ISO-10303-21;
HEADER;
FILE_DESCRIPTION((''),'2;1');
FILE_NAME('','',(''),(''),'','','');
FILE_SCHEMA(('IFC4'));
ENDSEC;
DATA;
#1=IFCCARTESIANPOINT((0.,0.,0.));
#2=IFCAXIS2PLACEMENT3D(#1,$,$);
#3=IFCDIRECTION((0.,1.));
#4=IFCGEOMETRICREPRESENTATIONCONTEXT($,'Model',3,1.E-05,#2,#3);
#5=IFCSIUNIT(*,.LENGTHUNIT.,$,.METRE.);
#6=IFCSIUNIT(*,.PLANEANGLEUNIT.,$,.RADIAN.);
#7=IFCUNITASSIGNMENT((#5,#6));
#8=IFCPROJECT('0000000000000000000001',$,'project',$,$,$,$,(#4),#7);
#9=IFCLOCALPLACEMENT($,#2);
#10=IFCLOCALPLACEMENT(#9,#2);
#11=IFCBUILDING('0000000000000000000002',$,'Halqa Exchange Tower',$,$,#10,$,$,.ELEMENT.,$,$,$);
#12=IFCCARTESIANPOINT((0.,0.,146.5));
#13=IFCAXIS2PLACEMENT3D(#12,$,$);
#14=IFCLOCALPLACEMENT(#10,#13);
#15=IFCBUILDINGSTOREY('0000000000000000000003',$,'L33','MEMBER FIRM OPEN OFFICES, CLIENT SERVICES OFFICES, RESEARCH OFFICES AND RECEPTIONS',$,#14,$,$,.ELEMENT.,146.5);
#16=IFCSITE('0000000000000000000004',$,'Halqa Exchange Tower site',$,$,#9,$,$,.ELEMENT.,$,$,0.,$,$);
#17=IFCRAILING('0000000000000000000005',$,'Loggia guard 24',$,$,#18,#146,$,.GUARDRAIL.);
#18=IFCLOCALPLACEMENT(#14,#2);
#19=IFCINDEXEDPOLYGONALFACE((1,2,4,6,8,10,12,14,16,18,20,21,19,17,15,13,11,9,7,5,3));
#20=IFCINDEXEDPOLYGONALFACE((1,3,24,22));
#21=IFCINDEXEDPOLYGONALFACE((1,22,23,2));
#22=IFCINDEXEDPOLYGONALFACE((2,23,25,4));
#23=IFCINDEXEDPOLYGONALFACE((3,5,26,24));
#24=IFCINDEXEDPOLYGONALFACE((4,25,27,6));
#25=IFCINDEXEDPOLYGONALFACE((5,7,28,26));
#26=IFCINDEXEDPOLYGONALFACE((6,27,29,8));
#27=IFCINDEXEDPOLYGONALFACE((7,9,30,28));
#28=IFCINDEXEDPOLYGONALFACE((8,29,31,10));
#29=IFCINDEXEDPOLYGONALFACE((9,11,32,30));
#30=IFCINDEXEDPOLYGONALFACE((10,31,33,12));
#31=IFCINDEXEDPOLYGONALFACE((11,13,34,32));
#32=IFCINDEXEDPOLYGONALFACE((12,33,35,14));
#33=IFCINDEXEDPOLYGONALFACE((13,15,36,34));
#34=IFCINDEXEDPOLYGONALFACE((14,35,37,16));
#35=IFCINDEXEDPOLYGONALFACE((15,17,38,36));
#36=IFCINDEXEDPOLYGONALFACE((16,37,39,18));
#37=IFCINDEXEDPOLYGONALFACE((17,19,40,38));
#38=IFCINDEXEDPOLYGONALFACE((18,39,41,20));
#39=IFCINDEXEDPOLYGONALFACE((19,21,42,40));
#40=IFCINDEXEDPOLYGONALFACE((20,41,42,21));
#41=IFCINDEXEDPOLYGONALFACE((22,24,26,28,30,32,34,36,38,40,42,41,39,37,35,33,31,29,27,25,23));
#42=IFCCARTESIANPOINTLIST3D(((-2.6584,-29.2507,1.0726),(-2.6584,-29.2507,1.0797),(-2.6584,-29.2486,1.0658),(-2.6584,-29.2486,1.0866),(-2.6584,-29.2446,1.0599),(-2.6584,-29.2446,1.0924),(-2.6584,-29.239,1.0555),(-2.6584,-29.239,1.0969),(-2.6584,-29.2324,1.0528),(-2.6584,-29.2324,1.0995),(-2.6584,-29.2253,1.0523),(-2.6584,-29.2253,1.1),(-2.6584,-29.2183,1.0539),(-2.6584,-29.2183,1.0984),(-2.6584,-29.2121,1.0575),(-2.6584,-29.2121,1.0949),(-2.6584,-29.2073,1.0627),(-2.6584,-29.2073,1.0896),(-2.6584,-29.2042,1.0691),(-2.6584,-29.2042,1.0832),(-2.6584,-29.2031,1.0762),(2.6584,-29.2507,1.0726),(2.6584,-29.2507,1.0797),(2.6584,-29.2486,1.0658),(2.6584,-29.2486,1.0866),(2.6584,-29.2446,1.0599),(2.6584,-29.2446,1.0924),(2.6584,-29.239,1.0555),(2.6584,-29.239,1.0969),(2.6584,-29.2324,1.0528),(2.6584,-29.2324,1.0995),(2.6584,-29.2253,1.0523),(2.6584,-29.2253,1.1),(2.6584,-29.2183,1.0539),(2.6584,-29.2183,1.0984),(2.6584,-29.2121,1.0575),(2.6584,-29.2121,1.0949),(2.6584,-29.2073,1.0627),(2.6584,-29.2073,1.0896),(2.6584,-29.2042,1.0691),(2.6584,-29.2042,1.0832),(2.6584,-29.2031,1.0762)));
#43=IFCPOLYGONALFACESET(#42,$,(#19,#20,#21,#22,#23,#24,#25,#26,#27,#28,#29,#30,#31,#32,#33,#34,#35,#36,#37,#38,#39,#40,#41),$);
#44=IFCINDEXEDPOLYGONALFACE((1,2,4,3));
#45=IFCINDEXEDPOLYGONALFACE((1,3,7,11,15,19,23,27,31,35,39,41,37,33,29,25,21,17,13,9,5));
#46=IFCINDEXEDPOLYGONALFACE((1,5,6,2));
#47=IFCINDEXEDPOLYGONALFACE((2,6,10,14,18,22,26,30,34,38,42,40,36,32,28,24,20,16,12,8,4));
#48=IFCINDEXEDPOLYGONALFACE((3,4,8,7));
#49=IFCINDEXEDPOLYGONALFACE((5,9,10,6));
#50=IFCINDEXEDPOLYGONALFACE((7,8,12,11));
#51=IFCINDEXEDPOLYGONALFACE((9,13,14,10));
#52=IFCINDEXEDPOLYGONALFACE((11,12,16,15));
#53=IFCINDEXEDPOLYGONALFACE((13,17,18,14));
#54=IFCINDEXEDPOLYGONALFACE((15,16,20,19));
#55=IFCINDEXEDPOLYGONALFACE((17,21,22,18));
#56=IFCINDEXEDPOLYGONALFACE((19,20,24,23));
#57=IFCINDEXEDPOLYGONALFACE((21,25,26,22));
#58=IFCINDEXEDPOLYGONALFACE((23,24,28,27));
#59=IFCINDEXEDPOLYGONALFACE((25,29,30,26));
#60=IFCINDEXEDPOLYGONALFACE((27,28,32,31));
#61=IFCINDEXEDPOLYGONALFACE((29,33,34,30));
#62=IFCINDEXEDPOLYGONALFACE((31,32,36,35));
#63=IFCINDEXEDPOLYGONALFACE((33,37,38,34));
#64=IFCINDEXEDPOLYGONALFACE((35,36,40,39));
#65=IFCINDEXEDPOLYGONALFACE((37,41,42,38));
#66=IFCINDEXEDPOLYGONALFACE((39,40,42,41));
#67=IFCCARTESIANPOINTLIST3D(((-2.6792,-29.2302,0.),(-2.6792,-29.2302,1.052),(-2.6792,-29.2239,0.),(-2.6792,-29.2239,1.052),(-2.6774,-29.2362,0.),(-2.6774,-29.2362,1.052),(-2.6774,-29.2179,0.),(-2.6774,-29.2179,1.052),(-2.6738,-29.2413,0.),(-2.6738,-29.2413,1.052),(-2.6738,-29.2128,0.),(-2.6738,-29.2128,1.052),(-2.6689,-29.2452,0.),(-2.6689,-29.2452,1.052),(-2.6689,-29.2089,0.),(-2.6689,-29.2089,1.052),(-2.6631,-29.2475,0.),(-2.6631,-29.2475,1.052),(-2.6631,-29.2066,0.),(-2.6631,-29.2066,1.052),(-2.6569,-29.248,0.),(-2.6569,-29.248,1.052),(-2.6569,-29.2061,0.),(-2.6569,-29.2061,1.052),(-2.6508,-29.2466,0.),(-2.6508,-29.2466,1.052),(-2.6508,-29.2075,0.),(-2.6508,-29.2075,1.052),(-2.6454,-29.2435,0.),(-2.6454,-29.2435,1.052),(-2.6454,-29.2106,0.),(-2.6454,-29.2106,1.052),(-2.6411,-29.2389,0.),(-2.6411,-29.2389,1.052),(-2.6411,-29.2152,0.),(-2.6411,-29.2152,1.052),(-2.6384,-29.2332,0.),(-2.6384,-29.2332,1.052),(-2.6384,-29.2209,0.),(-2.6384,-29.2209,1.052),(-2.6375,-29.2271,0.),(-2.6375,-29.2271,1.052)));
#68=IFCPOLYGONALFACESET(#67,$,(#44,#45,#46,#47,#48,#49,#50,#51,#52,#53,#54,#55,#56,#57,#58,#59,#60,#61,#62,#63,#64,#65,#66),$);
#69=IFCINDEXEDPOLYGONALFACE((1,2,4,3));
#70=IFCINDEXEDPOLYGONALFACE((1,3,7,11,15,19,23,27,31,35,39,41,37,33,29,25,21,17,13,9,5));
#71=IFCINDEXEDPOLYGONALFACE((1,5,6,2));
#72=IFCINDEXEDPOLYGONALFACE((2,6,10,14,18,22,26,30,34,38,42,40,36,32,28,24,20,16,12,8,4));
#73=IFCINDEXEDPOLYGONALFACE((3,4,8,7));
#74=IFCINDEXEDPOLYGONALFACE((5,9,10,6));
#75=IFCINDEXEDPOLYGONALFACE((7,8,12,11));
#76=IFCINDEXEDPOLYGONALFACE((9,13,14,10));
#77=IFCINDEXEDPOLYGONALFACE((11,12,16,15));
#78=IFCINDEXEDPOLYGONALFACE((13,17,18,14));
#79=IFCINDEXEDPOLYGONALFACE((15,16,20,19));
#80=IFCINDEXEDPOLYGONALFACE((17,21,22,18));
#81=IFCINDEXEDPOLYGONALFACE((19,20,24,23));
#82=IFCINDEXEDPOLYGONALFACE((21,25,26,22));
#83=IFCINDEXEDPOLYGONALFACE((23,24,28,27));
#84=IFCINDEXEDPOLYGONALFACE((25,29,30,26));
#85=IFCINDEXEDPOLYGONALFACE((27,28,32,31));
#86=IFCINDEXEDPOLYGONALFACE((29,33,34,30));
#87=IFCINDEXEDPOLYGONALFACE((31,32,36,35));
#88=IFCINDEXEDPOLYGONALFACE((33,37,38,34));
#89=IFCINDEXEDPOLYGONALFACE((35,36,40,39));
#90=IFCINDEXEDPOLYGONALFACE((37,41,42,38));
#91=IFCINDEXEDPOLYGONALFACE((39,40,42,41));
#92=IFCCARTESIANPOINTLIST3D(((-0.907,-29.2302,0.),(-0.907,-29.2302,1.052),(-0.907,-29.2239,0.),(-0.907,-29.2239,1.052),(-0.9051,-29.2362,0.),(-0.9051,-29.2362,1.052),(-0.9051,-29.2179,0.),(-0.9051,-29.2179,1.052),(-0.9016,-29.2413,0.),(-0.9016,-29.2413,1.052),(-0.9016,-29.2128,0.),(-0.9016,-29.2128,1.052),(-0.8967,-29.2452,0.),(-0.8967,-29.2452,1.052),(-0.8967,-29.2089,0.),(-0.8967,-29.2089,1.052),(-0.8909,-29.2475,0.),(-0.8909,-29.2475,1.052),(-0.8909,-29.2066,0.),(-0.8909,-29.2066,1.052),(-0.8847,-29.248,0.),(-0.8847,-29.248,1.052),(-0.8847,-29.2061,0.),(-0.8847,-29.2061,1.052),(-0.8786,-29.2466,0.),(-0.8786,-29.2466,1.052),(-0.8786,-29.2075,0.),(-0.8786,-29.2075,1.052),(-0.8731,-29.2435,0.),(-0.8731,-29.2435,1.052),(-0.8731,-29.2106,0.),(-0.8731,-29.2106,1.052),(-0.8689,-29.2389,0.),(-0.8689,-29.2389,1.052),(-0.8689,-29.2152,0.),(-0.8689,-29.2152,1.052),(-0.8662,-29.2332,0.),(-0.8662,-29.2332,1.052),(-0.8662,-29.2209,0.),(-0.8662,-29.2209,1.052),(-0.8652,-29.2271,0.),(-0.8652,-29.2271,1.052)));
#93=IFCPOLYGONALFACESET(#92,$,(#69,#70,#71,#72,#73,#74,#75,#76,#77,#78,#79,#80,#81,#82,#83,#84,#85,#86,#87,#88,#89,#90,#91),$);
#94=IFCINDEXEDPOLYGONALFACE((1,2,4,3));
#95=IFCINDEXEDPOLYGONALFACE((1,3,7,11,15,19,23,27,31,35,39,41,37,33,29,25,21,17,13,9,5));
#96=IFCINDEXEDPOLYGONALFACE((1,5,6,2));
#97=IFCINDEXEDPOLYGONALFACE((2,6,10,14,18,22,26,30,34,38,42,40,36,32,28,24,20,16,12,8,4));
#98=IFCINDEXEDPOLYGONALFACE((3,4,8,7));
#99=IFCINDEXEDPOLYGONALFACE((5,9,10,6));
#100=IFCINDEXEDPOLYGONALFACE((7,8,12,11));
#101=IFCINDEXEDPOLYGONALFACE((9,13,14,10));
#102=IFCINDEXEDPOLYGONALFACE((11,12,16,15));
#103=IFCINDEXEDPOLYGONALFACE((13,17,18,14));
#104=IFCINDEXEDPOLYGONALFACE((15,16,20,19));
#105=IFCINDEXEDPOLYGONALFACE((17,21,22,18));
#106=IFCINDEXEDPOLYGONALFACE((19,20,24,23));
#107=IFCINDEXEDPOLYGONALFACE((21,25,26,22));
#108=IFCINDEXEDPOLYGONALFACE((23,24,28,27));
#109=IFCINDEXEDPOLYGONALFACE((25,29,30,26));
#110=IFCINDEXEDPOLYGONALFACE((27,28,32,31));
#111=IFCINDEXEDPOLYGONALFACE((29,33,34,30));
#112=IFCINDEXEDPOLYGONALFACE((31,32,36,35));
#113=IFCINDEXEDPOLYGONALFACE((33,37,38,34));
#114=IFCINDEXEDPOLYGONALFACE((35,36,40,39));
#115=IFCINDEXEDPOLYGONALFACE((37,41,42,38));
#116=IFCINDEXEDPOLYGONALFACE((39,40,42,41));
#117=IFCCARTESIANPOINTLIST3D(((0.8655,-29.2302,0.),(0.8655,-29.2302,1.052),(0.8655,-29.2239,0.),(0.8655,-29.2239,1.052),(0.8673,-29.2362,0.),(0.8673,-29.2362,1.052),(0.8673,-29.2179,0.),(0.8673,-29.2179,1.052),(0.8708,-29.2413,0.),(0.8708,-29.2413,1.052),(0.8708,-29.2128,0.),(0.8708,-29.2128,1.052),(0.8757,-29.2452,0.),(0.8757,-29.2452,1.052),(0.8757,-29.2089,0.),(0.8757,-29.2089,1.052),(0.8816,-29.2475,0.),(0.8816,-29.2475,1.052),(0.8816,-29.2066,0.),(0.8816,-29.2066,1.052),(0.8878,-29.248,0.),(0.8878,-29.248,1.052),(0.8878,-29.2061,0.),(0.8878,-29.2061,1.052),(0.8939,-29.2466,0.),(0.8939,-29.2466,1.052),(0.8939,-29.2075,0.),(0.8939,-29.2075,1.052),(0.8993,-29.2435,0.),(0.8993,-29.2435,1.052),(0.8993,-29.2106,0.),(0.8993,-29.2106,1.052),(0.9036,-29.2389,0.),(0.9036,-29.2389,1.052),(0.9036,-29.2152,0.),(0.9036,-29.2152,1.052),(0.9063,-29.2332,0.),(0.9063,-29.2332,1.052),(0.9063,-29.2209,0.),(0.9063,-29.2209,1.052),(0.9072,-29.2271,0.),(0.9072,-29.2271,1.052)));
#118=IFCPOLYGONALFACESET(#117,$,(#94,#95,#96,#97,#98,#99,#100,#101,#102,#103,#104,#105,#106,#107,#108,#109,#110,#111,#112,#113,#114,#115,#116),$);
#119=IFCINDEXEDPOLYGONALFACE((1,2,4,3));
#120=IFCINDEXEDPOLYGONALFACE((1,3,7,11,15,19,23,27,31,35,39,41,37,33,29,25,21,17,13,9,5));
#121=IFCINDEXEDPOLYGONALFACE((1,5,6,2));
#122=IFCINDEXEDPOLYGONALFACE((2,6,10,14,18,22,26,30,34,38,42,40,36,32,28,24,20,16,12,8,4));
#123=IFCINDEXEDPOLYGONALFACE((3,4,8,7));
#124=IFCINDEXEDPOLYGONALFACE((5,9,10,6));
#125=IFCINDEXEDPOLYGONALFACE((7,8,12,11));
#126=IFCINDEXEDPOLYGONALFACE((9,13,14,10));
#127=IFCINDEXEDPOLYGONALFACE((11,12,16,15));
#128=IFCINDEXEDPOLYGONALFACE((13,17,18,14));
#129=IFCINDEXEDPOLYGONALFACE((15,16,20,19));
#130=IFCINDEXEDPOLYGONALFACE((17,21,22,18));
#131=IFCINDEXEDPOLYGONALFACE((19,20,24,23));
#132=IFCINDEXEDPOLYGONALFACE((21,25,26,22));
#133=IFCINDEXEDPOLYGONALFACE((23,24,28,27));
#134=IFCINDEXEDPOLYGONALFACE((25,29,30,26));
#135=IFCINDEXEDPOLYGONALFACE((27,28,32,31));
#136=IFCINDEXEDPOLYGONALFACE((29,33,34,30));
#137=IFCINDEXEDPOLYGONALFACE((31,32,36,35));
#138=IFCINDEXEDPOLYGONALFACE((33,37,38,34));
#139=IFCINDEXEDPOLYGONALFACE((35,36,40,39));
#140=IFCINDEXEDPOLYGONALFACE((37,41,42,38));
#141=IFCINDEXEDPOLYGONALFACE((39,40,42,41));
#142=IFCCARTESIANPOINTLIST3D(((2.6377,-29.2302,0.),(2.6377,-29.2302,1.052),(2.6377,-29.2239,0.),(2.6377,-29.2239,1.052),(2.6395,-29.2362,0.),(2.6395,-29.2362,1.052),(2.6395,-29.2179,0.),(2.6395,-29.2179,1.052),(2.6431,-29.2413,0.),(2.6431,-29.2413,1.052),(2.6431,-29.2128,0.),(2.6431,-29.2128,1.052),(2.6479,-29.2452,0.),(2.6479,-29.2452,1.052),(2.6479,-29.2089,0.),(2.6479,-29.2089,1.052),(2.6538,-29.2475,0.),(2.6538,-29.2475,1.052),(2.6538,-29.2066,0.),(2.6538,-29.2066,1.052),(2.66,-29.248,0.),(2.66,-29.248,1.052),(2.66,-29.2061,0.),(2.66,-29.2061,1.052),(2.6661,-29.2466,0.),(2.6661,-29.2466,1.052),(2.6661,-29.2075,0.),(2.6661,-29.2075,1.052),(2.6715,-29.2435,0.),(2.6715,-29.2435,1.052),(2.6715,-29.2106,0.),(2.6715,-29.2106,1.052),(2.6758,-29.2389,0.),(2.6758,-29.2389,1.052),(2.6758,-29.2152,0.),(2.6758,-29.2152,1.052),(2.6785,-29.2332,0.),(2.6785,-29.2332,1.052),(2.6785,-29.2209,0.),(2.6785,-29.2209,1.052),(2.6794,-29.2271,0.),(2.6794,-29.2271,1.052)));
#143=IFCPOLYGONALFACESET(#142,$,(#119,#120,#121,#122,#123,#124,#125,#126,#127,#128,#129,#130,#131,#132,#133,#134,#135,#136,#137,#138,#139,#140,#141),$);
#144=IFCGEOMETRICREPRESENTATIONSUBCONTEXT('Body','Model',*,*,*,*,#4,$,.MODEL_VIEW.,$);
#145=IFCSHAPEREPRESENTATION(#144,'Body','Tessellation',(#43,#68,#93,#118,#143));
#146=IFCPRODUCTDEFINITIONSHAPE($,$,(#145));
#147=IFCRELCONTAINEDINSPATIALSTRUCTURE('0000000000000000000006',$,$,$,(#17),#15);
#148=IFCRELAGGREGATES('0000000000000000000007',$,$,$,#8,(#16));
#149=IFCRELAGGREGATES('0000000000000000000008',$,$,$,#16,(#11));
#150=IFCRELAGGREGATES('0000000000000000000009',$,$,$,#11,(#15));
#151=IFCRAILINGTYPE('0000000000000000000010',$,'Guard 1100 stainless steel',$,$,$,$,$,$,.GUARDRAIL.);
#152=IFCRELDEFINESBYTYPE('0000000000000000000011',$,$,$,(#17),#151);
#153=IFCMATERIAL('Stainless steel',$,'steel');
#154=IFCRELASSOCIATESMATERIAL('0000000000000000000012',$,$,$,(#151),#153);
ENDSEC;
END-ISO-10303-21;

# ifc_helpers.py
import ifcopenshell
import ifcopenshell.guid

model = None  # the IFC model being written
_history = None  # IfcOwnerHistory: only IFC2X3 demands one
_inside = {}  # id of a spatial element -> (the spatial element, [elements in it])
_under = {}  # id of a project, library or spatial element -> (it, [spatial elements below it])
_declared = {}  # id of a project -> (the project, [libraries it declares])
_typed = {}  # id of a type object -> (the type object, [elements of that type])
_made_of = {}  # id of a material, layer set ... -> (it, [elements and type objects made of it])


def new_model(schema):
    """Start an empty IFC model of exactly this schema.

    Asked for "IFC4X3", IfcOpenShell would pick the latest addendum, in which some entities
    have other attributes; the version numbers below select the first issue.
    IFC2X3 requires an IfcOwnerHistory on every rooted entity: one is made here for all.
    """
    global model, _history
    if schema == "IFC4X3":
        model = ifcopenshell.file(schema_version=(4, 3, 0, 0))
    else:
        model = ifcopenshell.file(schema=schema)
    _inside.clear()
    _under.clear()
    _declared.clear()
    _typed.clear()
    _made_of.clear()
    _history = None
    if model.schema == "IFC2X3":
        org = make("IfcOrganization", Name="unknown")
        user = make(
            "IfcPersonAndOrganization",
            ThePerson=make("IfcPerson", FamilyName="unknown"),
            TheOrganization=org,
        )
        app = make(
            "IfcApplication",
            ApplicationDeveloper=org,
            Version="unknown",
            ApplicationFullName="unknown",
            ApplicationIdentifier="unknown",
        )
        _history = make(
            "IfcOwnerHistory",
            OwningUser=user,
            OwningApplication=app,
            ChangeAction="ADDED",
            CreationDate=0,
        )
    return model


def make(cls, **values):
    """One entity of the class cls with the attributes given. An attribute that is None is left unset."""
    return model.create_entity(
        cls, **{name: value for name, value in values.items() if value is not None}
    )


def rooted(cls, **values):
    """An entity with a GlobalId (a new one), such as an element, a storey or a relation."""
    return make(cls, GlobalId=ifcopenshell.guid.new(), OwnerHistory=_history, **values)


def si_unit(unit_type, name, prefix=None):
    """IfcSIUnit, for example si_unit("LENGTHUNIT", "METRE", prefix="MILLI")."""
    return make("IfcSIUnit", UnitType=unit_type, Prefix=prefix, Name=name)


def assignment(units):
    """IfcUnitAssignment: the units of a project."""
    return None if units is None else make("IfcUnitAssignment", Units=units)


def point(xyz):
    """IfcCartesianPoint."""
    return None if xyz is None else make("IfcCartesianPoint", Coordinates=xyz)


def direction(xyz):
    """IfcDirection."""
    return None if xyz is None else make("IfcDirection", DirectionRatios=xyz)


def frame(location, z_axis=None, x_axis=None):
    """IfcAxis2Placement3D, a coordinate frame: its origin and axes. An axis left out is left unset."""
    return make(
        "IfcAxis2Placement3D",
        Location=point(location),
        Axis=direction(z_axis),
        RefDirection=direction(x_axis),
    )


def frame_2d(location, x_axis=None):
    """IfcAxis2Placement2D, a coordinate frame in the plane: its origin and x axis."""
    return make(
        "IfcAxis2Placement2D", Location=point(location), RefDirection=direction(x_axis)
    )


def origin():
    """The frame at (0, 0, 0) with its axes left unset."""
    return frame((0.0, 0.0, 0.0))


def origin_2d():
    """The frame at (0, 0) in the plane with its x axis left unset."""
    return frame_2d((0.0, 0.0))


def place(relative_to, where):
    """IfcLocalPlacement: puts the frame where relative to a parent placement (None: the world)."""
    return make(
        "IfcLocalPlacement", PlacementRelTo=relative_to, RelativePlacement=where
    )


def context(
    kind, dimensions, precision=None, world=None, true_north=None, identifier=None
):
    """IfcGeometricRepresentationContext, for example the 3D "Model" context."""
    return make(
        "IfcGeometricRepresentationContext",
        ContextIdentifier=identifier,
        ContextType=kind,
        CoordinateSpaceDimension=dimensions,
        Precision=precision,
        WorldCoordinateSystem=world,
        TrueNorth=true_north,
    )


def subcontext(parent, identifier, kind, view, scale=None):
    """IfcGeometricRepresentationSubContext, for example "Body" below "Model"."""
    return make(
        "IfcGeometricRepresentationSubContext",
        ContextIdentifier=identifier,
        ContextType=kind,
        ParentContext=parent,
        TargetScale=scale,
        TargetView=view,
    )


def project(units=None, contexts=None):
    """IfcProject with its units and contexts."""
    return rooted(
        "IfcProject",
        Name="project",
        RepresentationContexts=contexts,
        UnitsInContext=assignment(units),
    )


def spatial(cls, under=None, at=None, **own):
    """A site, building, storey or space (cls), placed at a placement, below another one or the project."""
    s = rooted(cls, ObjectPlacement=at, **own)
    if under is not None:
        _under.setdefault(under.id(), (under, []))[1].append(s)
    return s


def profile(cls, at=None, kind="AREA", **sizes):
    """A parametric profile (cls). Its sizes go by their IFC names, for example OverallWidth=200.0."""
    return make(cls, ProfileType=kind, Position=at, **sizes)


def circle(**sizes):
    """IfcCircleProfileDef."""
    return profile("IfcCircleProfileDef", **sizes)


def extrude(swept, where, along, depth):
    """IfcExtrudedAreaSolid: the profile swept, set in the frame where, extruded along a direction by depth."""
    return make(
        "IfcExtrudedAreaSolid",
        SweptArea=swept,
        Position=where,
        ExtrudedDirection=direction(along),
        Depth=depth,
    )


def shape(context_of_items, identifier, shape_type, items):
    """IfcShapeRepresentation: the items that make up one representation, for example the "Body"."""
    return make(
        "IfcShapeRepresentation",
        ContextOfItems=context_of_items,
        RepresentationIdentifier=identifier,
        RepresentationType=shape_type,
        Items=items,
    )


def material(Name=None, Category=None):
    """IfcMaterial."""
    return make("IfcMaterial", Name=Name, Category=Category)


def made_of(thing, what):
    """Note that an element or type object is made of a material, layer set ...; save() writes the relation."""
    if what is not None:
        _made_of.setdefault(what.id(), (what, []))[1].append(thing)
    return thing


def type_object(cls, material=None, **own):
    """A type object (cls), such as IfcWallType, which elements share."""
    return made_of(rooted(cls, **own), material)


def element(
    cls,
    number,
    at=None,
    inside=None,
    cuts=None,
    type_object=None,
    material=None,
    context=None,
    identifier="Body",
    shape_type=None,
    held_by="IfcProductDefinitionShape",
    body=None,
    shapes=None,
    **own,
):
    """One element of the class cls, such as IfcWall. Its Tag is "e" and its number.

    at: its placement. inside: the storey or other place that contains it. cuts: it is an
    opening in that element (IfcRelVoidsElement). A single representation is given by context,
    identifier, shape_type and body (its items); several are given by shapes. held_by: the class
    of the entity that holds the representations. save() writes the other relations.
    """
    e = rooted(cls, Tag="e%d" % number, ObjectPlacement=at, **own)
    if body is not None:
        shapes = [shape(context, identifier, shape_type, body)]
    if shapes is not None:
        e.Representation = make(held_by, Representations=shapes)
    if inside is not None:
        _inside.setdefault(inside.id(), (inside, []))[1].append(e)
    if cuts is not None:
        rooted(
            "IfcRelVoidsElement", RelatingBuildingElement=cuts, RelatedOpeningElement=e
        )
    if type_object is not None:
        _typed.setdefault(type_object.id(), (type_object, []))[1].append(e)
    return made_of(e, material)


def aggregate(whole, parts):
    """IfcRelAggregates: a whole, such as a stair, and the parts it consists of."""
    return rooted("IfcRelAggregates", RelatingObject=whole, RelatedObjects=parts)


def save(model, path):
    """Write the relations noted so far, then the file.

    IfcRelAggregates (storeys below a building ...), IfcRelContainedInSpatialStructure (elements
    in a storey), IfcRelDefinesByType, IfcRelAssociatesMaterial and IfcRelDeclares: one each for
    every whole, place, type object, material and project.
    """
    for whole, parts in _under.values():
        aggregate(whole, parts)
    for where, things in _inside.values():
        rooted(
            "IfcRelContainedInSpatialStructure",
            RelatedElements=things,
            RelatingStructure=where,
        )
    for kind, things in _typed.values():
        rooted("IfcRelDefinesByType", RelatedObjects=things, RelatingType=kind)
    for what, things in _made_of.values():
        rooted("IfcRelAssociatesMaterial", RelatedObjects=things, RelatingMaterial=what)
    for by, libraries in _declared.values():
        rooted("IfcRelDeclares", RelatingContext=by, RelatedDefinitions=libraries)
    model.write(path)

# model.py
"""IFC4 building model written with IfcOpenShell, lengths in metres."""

from ifc_helpers import new_model, si_unit, direction, frame, origin, origin_2d, place, context, subcontext, project, spatial, circle, extrude, material, type_object, element, save


model = new_model("IFC4")

# Units and contexts
model_context = context("Model", 3, precision=1e-05, world=origin(), true_north=direction((0.0, 1.0)))
body_context = subcontext(model_context, "Body", "Model", "MODEL_VIEW")
ifc_project = project(units=[si_unit("LENGTHUNIT", "METRE"), si_unit("PLANEANGLEUNIT", "RADIAN")], contexts=[model_context])

# Site, building, storey
site_placement = place(None, origin())
site = spatial("IfcSite", under=ifc_project, at=site_placement, Name="Halqa Exchange Tower site", CompositionType="ELEMENT", RefElevation=0.0)
building_placement = place(site_placement, origin())
building = spatial("IfcBuilding", under=site, at=building_placement, Name="Halqa Exchange Tower", CompositionType="ELEMENT")
storey_placement = place(building_placement, frame((0.0, 0.0, 146.5)))
storey = spatial("IfcBuildingStorey", under=building, at=storey_placement, Name="L33", Description="MEMBER FIRM OPEN OFFICES, CLIENT SERVICES OFFICES, RESEARCH OFFICES AND RECEPTIONS", CompositionType="ELEMENT", Elevation=146.5)

# Railing
ifc_material_1 = material(Name="Stainless steel", Category="steel")
railing_type = type_object("IfcRailingType", Name="Guard 1100 stainless steel", PredefinedType="GUARDRAIL", material=ifc_material_1)
railing_1_placement = place(storey_placement, frame((-2.6584, -29.2271, 0.0)))
element("IfcRailing", 1, at=railing_1_placement, inside=storey, type_object=railing_type, Name="Loggia guard 24", PredefinedType="GUARDRAIL", context=body_context, shape_type="SweptSolid", body=[
    extrude(circle(Radius=0.0239, at=origin_2d()), frame((0.0, 0.0, 1.0762), z_axis=(1.0, 0.0, 0.0), x_axis=(0.0, 1.0, 0.0)), (0.0, 0.0, 1.0), 5.3169),
    extrude(circle(Radius=0.021, at=origin_2d()), origin(), (0.0, 0.0, 1.0), 1.052),
    extrude(circle(Radius=0.021, at=origin_2d()), frame((1.7722, 0.0, 0.0)), (0.0, 0.0, 1.0), 1.052),
    extrude(circle(Radius=0.021, at=origin_2d()), frame((3.5447, 0.0, 0.0)), (0.0, 0.0, 1.0), 1.052),
    extrude(circle(Radius=0.021, at=origin_2d()), frame((5.3169, 0.0, 0.0)), (0.0, 0.0, 1.0), 1.052),
])

save(model, "model.ifc")
